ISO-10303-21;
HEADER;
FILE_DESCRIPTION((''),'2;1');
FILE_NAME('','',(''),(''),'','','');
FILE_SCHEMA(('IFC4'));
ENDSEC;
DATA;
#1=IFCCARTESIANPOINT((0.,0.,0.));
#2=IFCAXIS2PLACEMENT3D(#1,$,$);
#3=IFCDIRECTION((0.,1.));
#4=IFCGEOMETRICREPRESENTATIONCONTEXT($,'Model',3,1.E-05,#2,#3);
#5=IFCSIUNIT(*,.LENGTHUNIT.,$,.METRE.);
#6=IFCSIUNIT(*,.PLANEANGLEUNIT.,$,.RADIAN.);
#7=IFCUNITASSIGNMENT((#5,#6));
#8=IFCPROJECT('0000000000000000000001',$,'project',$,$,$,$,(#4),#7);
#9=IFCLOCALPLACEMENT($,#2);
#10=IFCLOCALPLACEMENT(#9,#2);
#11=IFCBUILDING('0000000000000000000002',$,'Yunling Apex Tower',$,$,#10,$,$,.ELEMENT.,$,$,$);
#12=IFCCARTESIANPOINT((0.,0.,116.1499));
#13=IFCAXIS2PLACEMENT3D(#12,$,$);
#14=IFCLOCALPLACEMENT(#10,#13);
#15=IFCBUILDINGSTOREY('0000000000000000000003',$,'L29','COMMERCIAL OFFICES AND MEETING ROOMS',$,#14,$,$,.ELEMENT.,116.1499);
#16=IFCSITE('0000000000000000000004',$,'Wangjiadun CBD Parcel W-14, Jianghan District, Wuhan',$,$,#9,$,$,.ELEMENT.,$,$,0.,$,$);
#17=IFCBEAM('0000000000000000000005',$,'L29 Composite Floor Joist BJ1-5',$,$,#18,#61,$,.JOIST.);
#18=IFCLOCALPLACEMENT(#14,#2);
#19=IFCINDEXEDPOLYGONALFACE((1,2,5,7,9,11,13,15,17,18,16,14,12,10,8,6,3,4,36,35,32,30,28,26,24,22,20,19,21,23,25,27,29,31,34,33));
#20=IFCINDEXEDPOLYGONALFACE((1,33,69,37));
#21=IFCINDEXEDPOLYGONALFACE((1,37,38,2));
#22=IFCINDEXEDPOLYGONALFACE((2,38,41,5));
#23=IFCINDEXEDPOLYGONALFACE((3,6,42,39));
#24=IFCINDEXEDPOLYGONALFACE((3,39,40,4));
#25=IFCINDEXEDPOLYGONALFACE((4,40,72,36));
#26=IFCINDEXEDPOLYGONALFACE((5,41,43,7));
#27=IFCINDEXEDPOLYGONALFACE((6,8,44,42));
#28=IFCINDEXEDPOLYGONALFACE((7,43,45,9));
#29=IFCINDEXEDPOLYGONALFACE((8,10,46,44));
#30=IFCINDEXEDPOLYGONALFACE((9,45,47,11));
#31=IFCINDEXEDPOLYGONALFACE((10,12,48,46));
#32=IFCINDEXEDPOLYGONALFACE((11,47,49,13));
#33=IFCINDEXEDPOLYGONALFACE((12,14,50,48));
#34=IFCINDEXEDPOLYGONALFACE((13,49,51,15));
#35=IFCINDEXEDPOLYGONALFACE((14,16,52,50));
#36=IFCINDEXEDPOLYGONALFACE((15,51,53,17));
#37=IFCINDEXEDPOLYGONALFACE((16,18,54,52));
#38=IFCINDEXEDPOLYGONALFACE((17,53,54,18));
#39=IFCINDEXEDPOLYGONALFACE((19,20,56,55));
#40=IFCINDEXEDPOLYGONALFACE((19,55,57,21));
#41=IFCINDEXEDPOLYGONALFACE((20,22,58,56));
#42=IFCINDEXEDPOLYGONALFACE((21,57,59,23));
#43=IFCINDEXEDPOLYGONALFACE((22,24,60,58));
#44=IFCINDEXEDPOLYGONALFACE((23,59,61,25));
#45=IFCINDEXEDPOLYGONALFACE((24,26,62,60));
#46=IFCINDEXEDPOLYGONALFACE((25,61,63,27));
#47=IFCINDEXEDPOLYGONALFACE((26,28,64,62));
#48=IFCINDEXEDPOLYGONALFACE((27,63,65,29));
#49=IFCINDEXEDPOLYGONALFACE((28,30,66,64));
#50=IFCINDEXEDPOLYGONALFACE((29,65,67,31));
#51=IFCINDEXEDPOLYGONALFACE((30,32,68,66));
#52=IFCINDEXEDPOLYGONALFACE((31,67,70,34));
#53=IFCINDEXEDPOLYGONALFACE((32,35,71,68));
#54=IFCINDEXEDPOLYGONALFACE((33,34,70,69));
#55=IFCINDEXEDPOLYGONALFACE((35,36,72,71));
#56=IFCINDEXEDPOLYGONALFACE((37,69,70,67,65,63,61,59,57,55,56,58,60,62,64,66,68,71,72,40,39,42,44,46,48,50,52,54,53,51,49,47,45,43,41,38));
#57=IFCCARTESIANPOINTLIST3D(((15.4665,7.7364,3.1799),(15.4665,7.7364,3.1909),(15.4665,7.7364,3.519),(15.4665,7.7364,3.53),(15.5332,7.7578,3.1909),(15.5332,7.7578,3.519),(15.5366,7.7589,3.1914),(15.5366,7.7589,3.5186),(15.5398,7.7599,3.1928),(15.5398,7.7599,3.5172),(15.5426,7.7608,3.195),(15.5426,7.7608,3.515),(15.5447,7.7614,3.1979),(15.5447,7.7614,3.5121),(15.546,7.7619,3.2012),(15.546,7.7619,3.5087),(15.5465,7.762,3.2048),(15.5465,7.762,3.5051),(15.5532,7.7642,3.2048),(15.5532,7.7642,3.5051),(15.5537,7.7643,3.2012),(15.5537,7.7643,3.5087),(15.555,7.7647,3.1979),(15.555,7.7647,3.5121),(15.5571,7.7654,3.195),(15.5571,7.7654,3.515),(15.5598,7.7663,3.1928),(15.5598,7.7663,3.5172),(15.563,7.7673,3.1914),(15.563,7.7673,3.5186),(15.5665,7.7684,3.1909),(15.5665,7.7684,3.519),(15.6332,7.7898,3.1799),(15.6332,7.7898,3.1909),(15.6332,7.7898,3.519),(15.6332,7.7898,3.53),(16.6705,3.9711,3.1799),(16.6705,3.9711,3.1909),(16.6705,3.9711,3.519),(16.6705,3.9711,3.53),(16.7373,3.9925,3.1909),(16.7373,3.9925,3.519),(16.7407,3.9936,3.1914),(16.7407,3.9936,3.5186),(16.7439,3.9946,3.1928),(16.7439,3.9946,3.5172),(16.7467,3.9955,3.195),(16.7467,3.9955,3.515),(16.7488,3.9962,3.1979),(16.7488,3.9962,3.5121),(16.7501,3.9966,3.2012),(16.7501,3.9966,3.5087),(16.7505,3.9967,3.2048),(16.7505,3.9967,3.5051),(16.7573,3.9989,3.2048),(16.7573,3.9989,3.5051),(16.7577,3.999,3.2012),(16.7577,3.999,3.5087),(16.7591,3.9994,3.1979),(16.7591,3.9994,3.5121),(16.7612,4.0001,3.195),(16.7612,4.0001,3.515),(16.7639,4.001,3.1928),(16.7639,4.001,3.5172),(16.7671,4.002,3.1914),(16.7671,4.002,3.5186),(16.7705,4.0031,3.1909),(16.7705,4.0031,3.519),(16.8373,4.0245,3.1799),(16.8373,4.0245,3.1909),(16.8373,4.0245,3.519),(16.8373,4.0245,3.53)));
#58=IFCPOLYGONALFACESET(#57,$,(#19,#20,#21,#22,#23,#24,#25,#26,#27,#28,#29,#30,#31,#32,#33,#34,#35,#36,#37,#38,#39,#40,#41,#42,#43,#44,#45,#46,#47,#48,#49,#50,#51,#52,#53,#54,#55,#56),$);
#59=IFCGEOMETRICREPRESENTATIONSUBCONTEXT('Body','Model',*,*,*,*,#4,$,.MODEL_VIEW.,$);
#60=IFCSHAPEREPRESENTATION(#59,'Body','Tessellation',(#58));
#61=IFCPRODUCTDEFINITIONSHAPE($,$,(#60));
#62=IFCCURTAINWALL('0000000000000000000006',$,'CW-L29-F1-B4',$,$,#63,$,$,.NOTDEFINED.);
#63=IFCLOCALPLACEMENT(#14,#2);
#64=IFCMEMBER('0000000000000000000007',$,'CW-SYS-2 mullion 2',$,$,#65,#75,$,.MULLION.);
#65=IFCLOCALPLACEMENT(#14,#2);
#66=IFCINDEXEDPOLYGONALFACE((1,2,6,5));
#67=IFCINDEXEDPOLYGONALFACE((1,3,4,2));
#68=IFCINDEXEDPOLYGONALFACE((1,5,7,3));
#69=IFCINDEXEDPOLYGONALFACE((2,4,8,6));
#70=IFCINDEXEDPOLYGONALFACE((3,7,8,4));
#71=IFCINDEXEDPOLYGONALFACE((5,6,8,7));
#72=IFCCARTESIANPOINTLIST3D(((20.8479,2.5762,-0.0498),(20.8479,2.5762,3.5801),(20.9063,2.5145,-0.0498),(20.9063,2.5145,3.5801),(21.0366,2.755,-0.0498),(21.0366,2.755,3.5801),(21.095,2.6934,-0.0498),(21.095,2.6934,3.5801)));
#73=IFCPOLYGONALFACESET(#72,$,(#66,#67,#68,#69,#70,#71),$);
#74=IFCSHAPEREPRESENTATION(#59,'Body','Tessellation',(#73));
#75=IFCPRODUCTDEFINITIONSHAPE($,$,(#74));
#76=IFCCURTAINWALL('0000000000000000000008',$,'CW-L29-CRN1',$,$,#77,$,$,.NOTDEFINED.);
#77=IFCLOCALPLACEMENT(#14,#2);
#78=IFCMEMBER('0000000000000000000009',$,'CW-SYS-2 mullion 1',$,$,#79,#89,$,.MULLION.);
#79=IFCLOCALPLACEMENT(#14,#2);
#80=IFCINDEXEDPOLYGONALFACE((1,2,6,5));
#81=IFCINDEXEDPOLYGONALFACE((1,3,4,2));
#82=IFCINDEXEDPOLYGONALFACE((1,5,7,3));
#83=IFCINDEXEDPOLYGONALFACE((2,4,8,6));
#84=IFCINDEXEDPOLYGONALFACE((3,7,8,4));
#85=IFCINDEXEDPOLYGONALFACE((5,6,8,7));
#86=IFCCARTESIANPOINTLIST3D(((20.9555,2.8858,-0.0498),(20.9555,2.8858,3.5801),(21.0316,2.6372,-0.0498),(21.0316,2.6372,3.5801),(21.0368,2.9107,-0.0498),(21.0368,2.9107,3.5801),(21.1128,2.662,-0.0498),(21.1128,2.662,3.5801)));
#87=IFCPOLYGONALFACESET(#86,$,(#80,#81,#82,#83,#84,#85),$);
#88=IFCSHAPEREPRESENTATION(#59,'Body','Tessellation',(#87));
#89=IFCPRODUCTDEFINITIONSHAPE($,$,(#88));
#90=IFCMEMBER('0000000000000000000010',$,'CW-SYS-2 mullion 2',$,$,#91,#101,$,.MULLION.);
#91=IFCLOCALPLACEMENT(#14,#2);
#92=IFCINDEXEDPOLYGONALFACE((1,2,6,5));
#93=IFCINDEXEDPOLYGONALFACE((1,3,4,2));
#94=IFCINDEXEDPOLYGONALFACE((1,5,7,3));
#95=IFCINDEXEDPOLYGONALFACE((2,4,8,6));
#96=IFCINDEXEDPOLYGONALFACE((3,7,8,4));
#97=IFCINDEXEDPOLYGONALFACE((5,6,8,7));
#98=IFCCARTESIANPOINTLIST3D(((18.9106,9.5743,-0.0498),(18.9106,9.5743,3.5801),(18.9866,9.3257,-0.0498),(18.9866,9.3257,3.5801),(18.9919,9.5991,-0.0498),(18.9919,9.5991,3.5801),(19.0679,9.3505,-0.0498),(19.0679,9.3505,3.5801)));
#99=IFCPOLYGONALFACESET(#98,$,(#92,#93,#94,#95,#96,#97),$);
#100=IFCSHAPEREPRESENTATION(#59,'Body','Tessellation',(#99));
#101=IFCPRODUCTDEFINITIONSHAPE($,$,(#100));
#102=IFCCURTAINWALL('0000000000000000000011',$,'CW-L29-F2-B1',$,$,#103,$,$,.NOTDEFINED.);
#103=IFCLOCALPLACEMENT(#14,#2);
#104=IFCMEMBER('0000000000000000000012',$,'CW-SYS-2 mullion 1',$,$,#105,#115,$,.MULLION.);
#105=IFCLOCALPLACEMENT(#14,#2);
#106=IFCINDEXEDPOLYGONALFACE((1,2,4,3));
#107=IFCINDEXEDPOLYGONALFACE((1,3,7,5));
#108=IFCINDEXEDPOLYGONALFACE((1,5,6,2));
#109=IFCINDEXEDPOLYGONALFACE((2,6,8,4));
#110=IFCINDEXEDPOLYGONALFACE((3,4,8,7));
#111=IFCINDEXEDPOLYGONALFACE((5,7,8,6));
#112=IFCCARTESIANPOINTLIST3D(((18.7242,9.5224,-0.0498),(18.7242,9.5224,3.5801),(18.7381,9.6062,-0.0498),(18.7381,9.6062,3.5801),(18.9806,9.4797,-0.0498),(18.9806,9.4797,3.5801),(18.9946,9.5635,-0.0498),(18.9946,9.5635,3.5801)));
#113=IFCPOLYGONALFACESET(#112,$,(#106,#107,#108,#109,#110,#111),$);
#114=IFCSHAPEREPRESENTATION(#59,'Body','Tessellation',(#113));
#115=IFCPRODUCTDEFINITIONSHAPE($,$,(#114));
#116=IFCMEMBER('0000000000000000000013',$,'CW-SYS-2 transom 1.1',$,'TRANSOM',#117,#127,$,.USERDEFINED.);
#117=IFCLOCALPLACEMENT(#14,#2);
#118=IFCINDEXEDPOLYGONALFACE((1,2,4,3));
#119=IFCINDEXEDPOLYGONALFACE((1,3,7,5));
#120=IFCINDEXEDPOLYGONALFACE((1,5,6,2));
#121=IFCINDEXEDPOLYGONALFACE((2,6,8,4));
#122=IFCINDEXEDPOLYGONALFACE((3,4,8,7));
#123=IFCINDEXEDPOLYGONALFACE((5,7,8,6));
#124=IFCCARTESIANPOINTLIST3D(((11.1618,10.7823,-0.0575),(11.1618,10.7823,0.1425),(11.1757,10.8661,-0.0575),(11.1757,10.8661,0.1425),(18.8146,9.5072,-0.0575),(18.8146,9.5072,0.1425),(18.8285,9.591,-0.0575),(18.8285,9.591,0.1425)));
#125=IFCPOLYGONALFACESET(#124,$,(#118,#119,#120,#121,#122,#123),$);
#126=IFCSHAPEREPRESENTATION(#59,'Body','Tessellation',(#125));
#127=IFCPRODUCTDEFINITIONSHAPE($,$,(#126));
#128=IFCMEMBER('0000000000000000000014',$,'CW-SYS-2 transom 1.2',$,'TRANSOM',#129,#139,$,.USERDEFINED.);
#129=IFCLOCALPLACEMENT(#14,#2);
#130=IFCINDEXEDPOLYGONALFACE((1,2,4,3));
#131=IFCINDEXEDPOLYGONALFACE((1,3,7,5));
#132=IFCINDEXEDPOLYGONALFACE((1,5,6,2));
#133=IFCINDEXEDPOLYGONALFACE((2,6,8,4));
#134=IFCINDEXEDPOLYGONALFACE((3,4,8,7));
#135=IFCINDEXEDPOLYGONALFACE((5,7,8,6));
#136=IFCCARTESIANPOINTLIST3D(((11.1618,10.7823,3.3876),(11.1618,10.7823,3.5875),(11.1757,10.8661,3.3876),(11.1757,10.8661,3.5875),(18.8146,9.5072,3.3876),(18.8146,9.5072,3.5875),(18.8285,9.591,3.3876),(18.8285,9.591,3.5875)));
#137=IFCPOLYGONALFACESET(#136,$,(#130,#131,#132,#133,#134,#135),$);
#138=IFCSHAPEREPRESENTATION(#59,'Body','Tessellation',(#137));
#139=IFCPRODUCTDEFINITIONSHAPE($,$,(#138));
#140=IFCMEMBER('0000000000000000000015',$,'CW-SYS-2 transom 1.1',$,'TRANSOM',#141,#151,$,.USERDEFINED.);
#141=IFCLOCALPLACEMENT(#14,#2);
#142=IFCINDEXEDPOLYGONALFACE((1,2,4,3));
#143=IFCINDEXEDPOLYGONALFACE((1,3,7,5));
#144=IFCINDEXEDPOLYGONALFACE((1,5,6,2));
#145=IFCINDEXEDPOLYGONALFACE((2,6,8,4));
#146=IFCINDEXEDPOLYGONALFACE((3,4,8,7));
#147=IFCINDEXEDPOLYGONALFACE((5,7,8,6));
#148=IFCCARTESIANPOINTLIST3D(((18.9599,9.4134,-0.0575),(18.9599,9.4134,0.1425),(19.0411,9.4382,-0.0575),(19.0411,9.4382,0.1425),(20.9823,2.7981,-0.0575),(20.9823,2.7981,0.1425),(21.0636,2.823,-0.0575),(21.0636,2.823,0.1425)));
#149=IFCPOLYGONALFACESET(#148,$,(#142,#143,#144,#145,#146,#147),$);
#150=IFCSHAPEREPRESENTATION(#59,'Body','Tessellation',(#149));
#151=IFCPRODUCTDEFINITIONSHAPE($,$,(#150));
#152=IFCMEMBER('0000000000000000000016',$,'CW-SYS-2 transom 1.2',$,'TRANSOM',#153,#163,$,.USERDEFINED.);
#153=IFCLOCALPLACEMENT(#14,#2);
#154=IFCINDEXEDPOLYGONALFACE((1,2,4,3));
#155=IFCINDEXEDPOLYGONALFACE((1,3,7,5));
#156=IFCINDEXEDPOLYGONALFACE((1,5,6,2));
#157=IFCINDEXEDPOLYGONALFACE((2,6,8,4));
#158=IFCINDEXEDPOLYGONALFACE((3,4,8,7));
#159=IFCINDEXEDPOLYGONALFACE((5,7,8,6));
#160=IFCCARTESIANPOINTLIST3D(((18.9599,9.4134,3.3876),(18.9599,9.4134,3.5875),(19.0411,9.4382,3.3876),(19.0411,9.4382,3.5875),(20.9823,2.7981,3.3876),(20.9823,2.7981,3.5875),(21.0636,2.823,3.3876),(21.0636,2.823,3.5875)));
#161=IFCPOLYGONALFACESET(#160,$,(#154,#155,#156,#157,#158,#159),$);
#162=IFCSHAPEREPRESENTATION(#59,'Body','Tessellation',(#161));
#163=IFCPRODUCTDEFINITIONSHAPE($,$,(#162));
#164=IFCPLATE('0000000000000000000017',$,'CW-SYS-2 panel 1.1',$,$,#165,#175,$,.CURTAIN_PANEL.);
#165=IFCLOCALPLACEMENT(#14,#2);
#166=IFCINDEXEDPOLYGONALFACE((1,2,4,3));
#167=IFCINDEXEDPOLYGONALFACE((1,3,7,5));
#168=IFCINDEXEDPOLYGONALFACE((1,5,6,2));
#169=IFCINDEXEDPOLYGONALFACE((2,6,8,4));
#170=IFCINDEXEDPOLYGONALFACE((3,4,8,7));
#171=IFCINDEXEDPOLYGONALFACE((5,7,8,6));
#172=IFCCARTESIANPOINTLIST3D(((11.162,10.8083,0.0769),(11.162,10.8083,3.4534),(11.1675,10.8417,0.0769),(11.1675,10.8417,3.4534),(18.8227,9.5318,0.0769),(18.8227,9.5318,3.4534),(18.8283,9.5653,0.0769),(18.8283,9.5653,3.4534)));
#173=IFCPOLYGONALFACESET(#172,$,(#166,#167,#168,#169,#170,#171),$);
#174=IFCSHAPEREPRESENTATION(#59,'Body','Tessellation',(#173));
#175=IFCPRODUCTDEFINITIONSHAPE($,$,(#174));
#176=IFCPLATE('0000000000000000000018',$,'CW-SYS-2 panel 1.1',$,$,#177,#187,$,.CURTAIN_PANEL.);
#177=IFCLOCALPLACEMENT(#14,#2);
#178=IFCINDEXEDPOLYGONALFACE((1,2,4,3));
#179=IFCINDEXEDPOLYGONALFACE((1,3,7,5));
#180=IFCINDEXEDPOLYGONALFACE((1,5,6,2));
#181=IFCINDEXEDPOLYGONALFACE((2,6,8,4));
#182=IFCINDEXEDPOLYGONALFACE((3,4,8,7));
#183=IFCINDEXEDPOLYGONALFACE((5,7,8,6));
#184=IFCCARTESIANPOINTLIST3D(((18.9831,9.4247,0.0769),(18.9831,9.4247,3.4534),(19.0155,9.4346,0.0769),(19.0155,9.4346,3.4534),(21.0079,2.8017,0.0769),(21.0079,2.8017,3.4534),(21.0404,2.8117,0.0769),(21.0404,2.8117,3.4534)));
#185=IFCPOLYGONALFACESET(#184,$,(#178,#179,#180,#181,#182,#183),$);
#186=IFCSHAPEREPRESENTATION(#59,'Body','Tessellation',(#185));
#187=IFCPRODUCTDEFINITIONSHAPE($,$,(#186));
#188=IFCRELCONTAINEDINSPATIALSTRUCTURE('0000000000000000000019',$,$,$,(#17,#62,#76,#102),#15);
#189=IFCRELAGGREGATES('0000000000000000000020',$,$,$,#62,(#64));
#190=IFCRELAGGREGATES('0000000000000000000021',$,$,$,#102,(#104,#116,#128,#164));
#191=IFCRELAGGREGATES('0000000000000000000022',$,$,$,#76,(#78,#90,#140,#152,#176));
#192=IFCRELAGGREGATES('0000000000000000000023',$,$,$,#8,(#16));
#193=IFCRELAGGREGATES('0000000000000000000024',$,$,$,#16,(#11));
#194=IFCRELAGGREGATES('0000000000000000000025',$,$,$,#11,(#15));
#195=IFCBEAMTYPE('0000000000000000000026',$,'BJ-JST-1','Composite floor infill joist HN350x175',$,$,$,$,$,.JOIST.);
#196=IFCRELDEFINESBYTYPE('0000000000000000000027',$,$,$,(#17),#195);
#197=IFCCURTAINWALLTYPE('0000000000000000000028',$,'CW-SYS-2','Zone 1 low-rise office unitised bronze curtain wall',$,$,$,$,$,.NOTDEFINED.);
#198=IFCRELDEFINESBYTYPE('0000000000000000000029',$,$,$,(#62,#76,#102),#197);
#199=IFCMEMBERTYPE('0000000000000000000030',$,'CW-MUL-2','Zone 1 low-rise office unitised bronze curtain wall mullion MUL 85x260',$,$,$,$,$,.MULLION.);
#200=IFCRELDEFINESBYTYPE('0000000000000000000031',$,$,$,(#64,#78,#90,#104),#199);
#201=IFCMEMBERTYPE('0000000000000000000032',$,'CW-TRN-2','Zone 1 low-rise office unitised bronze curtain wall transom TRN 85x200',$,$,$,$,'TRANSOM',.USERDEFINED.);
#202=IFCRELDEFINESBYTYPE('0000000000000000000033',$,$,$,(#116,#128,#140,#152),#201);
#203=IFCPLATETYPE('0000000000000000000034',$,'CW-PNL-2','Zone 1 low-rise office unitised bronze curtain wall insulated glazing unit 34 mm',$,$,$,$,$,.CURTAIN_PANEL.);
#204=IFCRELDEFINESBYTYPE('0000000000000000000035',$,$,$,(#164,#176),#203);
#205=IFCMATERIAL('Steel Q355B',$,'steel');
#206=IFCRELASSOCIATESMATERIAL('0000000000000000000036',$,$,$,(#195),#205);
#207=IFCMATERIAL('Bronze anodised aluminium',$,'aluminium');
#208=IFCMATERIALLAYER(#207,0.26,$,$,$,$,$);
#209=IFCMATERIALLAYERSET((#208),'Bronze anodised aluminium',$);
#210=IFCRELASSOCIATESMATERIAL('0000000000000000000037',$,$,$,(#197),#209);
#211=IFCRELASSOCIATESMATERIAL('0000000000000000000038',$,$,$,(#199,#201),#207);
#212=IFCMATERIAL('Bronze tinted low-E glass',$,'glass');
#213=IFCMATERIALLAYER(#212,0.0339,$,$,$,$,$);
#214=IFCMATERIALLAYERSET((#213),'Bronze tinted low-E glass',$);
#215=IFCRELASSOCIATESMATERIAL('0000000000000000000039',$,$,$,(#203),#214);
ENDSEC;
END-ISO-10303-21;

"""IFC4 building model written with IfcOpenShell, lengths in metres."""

from ifc_helpers import new_model, si_unit, direction, frame, origin, origin_2d, place, context, subcontext, project, spatial, rectangle, i_section, extrude, source, transform, mapped, material, layer, layer_set, material_profile, profile_set, type_object, element, aggregate, save


model = new_model("IFC4")

# Units and contexts
model_context = context("Model", 3, precision=1e-05, world=origin(), true_north=direction((0.0, 1.0)))
body_context = subcontext(model_context, "Body", "Model", "MODEL_VIEW")
ifc_project = project(units=[si_unit("LENGTHUNIT", "METRE"), si_unit("PLANEANGLEUNIT", "RADIAN")], contexts=[model_context])

# Site, building, storey
site_placement = place(None, origin())
site = spatial("IfcSite", under=ifc_project, at=site_placement, Name="Wangjiadun CBD Parcel W-14, Jianghan District, Wuhan", CompositionType="ELEMENT", RefElevation=0.0)
building_placement = place(site_placement, origin())
building = spatial("IfcBuilding", under=site, at=building_placement, Name="Yunling Apex Tower", CompositionType="ELEMENT")
storey_placement = place(building_placement, frame((0.0, 0.0, 116.1499)))
storey = spatial("IfcBuildingStorey", under=building, at=storey_placement, Name="L29", Description="COMMERCIAL OFFICES AND MEETING ROOMS", CompositionType="ELEMENT", Elevation=116.1499)

# Beam
ifc_material_1 = material(Name="Steel Q355B", Category="steel")
ifc_material_profile_1 = material_profile(ifc_material_1, i_section(OverallWidth=0.175, OverallDepth=0.3501, WebThickness=0.0071, FlangeThickness=0.011, FilletRadius=0.0139, at=origin_2d()))
ifc_profile_set_1 = profile_set([ifc_material_profile_1], Name="Steel Q355B")
beam_type_1 = type_object("IfcBeamType", Name="BJ-JST-1", Description="Composite floor infill joist HN350x175", PredefinedType="JOIST", material=ifc_profile_set_1)
shared_shape_1 = source(origin(), body_context, "Body", "SweptSolid", [
    extrude(i_section(OverallWidth=0.175, OverallDepth=0.3501, WebThickness=0.0071, FlangeThickness=0.011, FilletRadius=0.0139, at=origin_2d()), origin(), (0.0, 0.0, 1.0), 3.9531),
])
beam_1_placement = place(storey_placement, frame((16.7539, 3.9978, 3.355), z_axis=(-0.304587, 0.952484, 0.0), x_axis=(-0.952484, -0.304587, 0.0)))
element("IfcBeam", 1, at=beam_1_placement, inside=storey, type_object=beam_type_1, Name="L29 Composite Floor Joist BJ1-5", PredefinedType="JOIST", context=body_context, shape_type="MappedRepresentation", body=[
    mapped(shared_shape_1, transform((0.0, 0.0, 0.0), scale=1.0)),
])

# Curtain wall, member
ifc_material_2 = material(Name="Bronze anodised aluminium", Category="aluminium")
ifc_layer_1 = layer(ifc_material_2, 0.26)
ifc_layer_set_1 = layer_set([ifc_layer_1], Name="Bronze anodised aluminium")
curtain_wall_type = type_object("IfcCurtainWallType", Name="CW-SYS-2", Description="Zone 1 low-rise office unitised bronze curtain wall", PredefinedType="NOTDEFINED", material=ifc_layer_set_1)
curtain_wall_1_placement = place(storey_placement, origin())
curtain_wall_1 = element("IfcCurtainWall", 2, at=curtain_wall_1_placement, inside=storey, type_object=curtain_wall_type, Name="CW-L29-F1-B4", PredefinedType="NOTDEFINED")
ifc_material_profile_2 = material_profile(ifc_material_2, rectangle(XDim=0.085, YDim=0.26, at=origin_2d()))
ifc_profile_set_2 = profile_set([ifc_material_profile_2], Name="Bronze anodised aluminium")
member_type_1 = type_object("IfcMemberType", Name="CW-MUL-2", Description="Zone 1 low-rise office unitised bronze curtain wall mullion MUL 85x260", PredefinedType="MULLION", material=ifc_profile_set_2)
shared_shape_2 = source(origin(), body_context, "Body", "SweptSolid", [
    extrude(rectangle(XDim=0.085, YDim=0.26, at=origin_2d()), origin(), (0.0, 0.0, 1.0), 3.6299),
])
member_1_placement = place(storey_placement, frame((20.9714, 2.6348, -0.0498), z_axis=(0.0, 0.0, 1.0), x_axis=(-0.687861, 0.725842, 0.0)))
member_1 = element("IfcMember", 3, at=member_1_placement, type_object=member_type_1, Name="CW-SYS-2 mullion 2", PredefinedType="MULLION", context=body_context, shape_type="MappedRepresentation", body=[
    mapped(shared_shape_2, transform((0.0, 0.0, 0.0), scale=1.0)),
])
aggregate(curtain_wall_1, [member_1])

# Curtain walls, members
curtain_wall_2_placement = place(storey_placement, origin())
curtain_wall_2 = element("IfcCurtainWall", 4, at=curtain_wall_2_placement, inside=storey, type_object=curtain_wall_type, Name="CW-L29-CRN1", PredefinedType="NOTDEFINED")
member_2_placement = place(storey_placement, frame((21.0342, 2.7739, -0.0498), z_axis=(0.0, 0.0, 1.0), x_axis=(-0.956304, -0.292375, 0.0)))
member_2 = element("IfcMember", 5, at=member_2_placement, type_object=member_type_1, Name="CW-SYS-2 mullion 1", PredefinedType="MULLION", context=body_context, shape_type="MappedRepresentation", body=[
    mapped(shared_shape_2, transform((0.0, 0.0, 0.0), scale=1.0)),
])
member_3_placement = place(storey_placement, frame((18.9893, 9.4624, -0.0498), z_axis=(0.0, 0.0, 1.0), x_axis=(-0.956304, -0.292375, 0.0)))
member_3 = element("IfcMember", 6, at=member_3_placement, type_object=member_type_1, Name="CW-SYS-2 mullion 2", PredefinedType="MULLION", context=body_context, shape_type="MappedRepresentation", body=[
    mapped(shared_shape_2, transform((0.0, 0.0, 0.0), scale=1.0)),
])
curtain_wall_3_placement = place(storey_placement, origin())
curtain_wall_3 = element("IfcCurtainWall", 7, at=curtain_wall_3_placement, inside=storey, type_object=curtain_wall_type, Name="CW-L29-F2-B1", PredefinedType="NOTDEFINED")
member_4_placement = place(storey_placement, frame((18.8594, 9.543, -0.0498), z_axis=(0.0, 0.0, 1.0), x_axis=(-0.16436, -0.9864, 0.0)))
member_4 = element("IfcMember", 8, at=member_4_placement, type_object=member_type_1, Name="CW-SYS-2 mullion 1", PredefinedType="MULLION", context=body_context, shape_type="MappedRepresentation", body=[
    mapped(shared_shape_2, transform((0.0, 0.0, 0.0), scale=1.0)),
])
ifc_material_profile_3 = material_profile(ifc_material_2, rectangle(XDim=0.085, YDim=0.2, at=origin_2d()))
ifc_profile_set_3 = profile_set([ifc_material_profile_3], Name="Bronze anodised aluminium")
member_type_2 = type_object("IfcMemberType", Name="CW-TRN-2", Description="Zone 1 low-rise office unitised bronze curtain wall transom TRN 85x200", ElementType="TRANSOM", PredefinedType="USERDEFINED", material=ifc_profile_set_3)
shared_shape_3 = source(origin(), body_context, "Body", "SweptSolid", [
    extrude(rectangle(XDim=0.085, YDim=0.2, at=origin_2d()), origin(), (0.0, 0.0, 1.0), 7.7583),
])
member_5_placement = place(storey_placement, frame((18.8215, 9.5491, 0.0425), z_axis=(-0.986401, 0.164358, 0.0), x_axis=(-0.164358, -0.986401, 0.0)))
member_5 = element("IfcMember", 9, at=member_5_placement, type_object=member_type_2, Name="CW-SYS-2 transom 1.1", ObjectType="TRANSOM", PredefinedType="USERDEFINED", context=body_context, shape_type="MappedRepresentation", body=[
    mapped(shared_shape_3, transform((0.0, 0.0, 0.0), scale=1.0)),
])
member_6_placement = place(storey_placement, frame((18.8215, 9.5491, 3.4875), z_axis=(-0.986401, 0.164358, 0.0), x_axis=(-0.164358, -0.986401, 0.0)))
member_6 = element("IfcMember", 10, at=member_6_placement, type_object=member_type_2, Name="CW-SYS-2 transom 1.2", ObjectType="TRANSOM", PredefinedType="USERDEFINED", context=body_context, shape_type="MappedRepresentation", body=[
    mapped(shared_shape_3, transform((0.0, 0.0, 0.0), scale=1.0)),
])

# Members
shared_shape_4 = source(origin(), body_context, "Body", "SweptSolid", [
    extrude(rectangle(XDim=0.085, YDim=0.2, at=origin_2d()), origin(), (0.0, 0.0, 1.0), 6.9175),
])
member_7_placement = place(storey_placement, frame((21.0229, 2.8105, 0.0425), z_axis=(-0.292369, 0.956306, 0.0), x_axis=(-0.956306, -0.292369, 0.0)))
member_7 = element("IfcMember", 11, at=member_7_placement, type_object=member_type_2, Name="CW-SYS-2 transom 1.1", ObjectType="TRANSOM", PredefinedType="USERDEFINED", context=body_context, shape_type="MappedRepresentation", body=[
    mapped(shared_shape_4, transform((0.0, 0.0, 0.0), scale=1.0)),
])
member_8_placement = place(storey_placement, frame((21.0229, 2.8105, 3.4875), z_axis=(-0.292369, 0.956306, 0.0), x_axis=(-0.956306, -0.292369, 0.0)))
member_8 = element("IfcMember", 12, at=member_8_placement, type_object=member_type_2, Name="CW-SYS-2 transom 1.2", ObjectType="TRANSOM", PredefinedType="USERDEFINED", context=body_context, shape_type="MappedRepresentation", body=[
    mapped(shared_shape_4, transform((0.0, 0.0, 0.0), scale=1.0)),
])

# Plates
ifc_material_3 = material(Name="Bronze tinted low-E glass", Category="glass")
ifc_layer_2 = layer(ifc_material_3, 0.0339)
ifc_layer_set_2 = layer_set([ifc_layer_2], Name="Bronze tinted low-E glass")
plate_type = type_object("IfcPlateType", Name="CW-PNL-2", Description="Zone 1 low-rise office unitised bronze curtain wall insulated glazing unit 34 mm", PredefinedType="CURTAIN_PANEL", material=ifc_layer_set_2)
shared_shape_5 = source(origin(), body_context, "Body", "SweptSolid", [
    extrude(rectangle(XDim=7.7664, YDim=0.0339, at=origin_2d()), origin(), (0.0, 0.0, 1.0), 3.3765),
])
plate_1_placement = place(storey_placement, frame((14.9951, 10.1868, 0.0769), z_axis=(0.0, 0.0, 1.0), x_axis=(-0.9864, 0.16436, 0.0)))
plate_1 = element("IfcPlate", 13, at=plate_1_placement, type_object=plate_type, Name="CW-SYS-2 panel 1.1", PredefinedType="CURTAIN_PANEL", context=body_context, shape_type="MappedRepresentation", body=[
    mapped(shared_shape_5, transform((0.0, 0.0, 0.0), scale=1.0)),
])
aggregate(curtain_wall_3, [member_4, member_5, member_6, plate_1])
shared_shape_6 = source(origin(), body_context, "Body", "SweptSolid", [
    extrude(rectangle(XDim=6.9255, YDim=0.0339, at=origin_2d()), origin(), (0.0, 0.0, 1.0), 3.3765),
])
plate_2_placement = place(storey_placement, frame((20.0117, 6.1182, 0.0769), z_axis=(0.0, 0.0, 1.0), x_axis=(-0.292375, 0.956304, 0.0)))
plate_2 = element("IfcPlate", 14, at=plate_2_placement, type_object=plate_type, Name="CW-SYS-2 panel 1.1", PredefinedType="CURTAIN_PANEL", context=body_context, shape_type="MappedRepresentation", body=[
    mapped(shared_shape_6, transform((0.0, 0.0, 0.0), scale=1.0)),
])
aggregate(curtain_wall_2, [member_2, member_3, member_7, member_8, plate_2])

save(model, "model.ifc")
